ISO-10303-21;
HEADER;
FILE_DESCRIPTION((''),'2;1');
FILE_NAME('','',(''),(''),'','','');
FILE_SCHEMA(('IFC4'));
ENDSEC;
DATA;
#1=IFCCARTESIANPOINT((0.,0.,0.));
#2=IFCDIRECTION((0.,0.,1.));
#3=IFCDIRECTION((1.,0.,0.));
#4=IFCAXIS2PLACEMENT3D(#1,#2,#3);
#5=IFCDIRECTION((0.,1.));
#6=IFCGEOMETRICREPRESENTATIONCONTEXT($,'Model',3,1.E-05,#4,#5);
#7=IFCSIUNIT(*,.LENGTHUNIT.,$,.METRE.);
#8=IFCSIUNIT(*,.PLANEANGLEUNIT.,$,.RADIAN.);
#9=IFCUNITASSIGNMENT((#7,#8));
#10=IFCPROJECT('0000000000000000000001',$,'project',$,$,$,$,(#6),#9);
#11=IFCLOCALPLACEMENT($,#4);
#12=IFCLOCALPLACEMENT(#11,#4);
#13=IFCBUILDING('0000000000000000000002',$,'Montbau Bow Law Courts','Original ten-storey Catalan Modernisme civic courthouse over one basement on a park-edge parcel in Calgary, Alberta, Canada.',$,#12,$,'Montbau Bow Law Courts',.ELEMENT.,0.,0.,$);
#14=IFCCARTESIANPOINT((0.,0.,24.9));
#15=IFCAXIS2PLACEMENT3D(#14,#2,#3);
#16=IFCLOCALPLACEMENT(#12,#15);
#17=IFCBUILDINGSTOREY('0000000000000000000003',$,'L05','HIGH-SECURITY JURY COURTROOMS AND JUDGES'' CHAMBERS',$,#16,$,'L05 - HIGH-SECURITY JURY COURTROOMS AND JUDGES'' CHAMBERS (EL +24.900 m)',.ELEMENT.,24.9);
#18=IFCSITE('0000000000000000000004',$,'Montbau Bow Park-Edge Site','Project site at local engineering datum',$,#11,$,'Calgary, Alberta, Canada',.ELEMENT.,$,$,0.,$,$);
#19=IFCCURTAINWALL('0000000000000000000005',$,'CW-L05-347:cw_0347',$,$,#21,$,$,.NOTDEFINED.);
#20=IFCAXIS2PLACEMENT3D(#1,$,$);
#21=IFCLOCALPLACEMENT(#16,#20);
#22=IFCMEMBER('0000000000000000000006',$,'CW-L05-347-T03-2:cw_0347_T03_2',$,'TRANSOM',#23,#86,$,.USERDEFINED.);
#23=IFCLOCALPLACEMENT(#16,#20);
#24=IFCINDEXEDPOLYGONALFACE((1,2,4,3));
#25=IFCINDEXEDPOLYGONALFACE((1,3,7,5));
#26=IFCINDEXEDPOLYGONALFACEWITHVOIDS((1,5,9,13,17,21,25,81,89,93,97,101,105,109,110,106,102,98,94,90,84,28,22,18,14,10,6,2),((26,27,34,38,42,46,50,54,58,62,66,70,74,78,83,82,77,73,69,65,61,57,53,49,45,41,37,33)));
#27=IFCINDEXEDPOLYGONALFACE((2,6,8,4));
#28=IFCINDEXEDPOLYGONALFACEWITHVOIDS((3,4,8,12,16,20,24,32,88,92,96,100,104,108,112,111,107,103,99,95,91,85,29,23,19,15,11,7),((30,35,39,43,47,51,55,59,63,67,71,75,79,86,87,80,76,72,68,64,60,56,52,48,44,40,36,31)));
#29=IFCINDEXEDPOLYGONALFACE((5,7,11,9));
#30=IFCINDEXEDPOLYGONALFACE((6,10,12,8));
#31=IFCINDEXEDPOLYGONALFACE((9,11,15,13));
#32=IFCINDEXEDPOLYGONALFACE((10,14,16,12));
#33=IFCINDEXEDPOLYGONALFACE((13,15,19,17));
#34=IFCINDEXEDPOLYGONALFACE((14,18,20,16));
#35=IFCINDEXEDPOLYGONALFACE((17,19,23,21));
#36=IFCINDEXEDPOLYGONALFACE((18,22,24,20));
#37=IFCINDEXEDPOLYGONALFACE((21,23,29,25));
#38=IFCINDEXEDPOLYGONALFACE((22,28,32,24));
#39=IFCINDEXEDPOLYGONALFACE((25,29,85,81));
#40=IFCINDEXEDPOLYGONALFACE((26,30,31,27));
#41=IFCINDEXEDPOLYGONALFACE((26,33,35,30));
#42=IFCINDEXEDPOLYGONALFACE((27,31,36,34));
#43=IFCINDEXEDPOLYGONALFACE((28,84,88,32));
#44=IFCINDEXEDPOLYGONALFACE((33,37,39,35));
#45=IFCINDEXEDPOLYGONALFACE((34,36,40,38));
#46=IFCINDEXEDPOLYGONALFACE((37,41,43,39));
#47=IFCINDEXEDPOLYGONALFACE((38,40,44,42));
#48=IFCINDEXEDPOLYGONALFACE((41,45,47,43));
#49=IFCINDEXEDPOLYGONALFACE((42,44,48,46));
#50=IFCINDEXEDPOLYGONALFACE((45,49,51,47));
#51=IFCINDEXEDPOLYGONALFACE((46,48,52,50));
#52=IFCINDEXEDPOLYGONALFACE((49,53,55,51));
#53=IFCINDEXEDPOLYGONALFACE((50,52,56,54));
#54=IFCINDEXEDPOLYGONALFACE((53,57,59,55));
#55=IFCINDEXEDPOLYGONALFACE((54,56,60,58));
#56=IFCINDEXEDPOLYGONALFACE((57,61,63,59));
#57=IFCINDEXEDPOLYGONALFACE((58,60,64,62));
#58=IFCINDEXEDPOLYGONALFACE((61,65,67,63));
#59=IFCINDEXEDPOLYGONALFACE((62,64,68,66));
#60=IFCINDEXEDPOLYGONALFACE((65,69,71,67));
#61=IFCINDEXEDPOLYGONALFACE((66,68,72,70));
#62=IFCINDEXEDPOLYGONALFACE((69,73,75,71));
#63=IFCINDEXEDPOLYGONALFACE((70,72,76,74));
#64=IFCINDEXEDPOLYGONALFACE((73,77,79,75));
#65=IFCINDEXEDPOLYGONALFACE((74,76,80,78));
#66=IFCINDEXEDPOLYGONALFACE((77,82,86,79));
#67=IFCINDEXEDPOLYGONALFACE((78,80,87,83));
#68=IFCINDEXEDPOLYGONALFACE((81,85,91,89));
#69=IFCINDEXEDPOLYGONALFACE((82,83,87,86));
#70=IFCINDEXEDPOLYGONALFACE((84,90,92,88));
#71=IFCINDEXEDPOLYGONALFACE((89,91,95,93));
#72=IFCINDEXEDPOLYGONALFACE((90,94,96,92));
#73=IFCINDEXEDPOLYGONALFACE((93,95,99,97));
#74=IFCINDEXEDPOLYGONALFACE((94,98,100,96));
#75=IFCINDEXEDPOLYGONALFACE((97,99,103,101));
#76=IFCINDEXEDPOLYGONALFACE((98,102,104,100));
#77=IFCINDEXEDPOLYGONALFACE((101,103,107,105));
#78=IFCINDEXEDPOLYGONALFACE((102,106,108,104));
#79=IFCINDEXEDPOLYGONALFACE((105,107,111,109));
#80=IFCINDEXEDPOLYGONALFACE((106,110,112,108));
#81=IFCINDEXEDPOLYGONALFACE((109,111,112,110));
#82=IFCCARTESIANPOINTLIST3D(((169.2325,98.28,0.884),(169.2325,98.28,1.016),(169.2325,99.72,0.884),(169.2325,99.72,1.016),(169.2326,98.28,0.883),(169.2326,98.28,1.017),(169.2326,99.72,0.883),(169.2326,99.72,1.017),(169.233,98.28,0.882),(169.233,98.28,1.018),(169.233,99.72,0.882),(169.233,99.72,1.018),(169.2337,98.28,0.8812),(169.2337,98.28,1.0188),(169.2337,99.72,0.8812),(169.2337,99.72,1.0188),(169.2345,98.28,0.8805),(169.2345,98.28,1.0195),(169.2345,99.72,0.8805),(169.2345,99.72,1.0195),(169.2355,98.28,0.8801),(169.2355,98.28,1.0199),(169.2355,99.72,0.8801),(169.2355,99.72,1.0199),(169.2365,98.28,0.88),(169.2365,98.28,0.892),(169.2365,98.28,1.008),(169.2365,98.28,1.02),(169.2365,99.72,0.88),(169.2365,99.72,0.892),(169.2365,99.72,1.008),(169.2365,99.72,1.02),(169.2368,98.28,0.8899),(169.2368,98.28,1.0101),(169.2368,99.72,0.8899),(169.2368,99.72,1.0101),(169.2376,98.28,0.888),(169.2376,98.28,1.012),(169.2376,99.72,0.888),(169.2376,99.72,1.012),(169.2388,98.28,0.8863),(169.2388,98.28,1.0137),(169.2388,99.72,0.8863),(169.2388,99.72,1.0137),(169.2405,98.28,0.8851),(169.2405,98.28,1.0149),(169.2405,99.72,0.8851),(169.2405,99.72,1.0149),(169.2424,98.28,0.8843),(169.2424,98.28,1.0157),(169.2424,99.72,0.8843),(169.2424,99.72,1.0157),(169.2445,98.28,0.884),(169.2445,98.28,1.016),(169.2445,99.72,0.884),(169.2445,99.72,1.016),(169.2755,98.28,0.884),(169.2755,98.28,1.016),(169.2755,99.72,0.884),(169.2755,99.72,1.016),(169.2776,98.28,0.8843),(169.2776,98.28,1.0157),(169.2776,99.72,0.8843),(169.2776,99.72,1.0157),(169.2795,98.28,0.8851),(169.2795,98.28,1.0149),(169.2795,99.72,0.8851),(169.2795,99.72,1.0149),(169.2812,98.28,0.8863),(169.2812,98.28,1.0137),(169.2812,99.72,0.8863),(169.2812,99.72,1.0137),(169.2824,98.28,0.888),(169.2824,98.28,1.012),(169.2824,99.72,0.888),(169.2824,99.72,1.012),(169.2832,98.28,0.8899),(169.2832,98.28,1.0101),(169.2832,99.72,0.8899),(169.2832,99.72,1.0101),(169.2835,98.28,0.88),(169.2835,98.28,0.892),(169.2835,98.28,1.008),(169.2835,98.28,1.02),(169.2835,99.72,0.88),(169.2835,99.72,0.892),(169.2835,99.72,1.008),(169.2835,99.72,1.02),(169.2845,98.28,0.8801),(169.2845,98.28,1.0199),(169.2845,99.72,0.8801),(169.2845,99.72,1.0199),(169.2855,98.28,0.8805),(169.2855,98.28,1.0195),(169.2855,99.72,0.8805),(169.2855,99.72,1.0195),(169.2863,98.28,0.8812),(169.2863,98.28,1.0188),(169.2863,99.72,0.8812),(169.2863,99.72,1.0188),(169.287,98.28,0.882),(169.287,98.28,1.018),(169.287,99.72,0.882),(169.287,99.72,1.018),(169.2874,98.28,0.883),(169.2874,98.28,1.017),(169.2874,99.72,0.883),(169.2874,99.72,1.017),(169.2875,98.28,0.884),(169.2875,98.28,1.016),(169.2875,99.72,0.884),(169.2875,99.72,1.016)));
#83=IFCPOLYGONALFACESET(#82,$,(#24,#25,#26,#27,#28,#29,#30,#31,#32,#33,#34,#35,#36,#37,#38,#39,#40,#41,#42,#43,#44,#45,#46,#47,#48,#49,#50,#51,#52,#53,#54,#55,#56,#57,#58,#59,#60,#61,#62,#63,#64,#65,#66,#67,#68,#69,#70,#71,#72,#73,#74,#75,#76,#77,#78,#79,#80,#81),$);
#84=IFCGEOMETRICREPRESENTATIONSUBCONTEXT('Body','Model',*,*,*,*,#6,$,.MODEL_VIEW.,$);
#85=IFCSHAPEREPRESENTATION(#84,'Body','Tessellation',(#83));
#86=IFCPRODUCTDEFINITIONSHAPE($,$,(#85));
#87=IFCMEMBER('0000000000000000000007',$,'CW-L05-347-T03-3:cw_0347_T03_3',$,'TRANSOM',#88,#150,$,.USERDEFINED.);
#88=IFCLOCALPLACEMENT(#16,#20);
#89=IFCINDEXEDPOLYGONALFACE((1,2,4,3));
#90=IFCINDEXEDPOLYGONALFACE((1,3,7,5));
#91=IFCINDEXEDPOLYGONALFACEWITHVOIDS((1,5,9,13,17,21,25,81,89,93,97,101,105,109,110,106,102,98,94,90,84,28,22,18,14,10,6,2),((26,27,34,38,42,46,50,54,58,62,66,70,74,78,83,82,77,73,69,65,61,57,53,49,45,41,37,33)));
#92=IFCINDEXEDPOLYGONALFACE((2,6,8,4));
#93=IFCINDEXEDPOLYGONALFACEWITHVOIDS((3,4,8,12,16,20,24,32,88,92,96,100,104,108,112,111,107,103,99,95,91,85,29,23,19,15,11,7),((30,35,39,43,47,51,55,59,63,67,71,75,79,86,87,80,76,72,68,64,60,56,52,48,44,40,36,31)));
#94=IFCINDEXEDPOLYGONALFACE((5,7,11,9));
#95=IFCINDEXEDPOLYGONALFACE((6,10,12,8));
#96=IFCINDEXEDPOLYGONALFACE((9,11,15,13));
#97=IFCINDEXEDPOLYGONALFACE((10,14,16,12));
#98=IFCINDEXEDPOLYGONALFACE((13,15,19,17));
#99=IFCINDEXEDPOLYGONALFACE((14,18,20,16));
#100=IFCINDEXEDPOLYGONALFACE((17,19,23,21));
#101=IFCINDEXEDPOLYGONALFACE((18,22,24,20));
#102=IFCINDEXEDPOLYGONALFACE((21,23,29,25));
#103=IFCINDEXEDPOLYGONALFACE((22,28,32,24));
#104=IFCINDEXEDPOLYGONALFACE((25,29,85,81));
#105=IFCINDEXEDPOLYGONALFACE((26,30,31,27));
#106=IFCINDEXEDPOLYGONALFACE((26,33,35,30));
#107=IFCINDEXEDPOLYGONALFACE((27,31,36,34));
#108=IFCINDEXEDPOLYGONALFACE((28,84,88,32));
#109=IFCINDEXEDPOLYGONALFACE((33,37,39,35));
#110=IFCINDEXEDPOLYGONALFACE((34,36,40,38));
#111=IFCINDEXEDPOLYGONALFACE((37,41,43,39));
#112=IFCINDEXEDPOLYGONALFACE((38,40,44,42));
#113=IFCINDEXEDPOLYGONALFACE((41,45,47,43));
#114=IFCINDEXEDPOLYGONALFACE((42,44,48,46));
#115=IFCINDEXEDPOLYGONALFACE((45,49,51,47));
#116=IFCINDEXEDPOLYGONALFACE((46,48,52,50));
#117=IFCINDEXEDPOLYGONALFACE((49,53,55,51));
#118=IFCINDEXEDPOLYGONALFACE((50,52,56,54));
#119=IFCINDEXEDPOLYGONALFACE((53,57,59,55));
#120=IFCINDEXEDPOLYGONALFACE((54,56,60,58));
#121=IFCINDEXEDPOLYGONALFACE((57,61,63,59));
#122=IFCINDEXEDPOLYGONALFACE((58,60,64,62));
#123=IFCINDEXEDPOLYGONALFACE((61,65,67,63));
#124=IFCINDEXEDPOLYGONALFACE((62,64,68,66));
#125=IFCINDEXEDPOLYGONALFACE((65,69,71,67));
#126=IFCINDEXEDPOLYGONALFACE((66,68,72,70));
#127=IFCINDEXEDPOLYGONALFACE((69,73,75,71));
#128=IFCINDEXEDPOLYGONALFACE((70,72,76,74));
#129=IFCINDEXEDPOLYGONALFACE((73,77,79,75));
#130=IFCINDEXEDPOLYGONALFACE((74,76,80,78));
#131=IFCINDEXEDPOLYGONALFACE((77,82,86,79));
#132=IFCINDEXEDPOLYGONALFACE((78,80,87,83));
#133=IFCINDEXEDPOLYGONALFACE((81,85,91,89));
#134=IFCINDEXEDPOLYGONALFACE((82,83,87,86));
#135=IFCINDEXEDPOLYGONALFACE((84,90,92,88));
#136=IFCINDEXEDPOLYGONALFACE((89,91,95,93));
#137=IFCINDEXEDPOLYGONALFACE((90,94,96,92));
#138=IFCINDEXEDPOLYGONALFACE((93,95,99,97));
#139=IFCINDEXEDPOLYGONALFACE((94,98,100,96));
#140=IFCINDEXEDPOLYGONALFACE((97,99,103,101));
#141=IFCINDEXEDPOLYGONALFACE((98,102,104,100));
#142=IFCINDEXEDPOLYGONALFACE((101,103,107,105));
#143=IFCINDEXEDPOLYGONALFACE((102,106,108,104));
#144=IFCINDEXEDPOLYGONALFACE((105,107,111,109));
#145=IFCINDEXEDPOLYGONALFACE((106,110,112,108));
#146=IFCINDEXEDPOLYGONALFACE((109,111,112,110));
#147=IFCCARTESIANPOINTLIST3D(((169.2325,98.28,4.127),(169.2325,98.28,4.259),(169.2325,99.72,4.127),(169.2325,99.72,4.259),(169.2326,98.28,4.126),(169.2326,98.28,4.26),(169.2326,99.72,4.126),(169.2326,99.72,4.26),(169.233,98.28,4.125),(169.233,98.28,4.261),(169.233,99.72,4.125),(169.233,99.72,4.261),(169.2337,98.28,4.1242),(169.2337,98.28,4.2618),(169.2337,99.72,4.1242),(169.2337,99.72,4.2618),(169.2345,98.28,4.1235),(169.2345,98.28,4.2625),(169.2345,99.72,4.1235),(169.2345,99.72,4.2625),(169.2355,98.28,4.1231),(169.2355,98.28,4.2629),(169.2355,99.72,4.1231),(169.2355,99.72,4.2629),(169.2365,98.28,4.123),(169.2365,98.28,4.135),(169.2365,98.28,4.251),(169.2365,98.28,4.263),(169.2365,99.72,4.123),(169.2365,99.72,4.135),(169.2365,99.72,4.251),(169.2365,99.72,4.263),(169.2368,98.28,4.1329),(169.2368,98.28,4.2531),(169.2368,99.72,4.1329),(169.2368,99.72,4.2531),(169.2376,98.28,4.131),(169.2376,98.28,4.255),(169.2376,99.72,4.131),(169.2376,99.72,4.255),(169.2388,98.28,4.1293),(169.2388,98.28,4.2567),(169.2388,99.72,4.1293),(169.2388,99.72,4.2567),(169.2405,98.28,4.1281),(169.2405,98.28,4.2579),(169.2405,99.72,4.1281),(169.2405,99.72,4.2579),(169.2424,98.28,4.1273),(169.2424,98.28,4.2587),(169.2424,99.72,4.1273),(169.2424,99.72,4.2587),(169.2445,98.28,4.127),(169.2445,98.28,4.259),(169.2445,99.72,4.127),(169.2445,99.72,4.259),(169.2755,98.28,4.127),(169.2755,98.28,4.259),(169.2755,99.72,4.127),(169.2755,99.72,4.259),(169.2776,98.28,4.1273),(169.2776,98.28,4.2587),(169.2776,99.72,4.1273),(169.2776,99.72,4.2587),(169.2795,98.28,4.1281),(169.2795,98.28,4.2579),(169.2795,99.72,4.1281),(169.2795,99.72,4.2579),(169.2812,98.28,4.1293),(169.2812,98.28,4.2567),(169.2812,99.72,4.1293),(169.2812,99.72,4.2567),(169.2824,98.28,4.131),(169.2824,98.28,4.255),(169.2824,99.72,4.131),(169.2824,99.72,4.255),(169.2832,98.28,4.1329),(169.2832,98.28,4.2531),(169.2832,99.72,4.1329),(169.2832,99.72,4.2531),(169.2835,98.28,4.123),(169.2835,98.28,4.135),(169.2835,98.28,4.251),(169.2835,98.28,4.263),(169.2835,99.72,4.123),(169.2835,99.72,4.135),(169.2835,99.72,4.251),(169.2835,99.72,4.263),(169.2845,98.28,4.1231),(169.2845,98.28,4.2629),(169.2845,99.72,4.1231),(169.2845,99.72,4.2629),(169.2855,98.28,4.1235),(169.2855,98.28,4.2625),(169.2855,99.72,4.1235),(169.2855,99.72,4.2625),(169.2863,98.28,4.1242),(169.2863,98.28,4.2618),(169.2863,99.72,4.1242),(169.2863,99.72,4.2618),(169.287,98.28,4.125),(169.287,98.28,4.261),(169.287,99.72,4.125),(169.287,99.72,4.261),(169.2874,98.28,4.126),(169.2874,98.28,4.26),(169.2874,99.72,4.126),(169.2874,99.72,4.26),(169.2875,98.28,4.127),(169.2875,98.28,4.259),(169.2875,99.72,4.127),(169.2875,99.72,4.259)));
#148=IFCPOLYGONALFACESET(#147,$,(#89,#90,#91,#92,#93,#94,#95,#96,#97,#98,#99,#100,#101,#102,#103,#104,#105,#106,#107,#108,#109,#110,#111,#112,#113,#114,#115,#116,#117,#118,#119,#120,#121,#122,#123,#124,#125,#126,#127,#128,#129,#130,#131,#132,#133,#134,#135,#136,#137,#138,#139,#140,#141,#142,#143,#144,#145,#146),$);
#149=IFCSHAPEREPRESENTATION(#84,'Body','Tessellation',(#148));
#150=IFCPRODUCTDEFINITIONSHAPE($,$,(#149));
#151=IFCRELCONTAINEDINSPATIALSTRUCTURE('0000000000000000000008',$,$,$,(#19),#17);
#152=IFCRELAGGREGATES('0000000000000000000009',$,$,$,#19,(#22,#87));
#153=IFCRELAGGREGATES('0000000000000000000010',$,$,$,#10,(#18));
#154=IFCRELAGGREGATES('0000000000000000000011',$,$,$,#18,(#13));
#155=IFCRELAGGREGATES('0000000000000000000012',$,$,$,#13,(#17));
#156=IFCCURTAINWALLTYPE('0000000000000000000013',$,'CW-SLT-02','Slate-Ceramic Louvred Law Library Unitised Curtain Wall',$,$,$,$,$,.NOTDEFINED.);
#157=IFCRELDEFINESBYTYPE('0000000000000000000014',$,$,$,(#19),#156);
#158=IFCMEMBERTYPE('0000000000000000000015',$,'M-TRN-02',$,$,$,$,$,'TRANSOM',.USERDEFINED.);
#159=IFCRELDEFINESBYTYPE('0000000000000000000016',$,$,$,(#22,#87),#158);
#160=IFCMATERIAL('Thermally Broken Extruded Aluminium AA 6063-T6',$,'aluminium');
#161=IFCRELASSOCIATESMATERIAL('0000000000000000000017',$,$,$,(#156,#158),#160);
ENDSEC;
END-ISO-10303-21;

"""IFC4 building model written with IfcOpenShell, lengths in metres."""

from ifc_helpers import new_model, si_unit, direction, frame, origin_with_axes, origin_2d_with_axis, place, context, subcontext, project, spatial, hollow_rectangle, extrude, material, material_profile, profile_set, type_object, element, aggregate, save


model = new_model("IFC4")

# Units and contexts
model_context = context("Model", 3, precision=1e-05, world=origin_with_axes(), true_north=direction((0.0, 1.0)))
body_context = subcontext(model_context, "Body", "Model", "MODEL_VIEW")
ifc_project = project(units=[si_unit("LENGTHUNIT", "METRE"), si_unit("PLANEANGLEUNIT", "RADIAN")], contexts=[model_context])

# Site, building, storey
site_placement = place(None, origin_with_axes())
site = spatial("IfcSite", under=ifc_project, at=site_placement, Name="Montbau Bow Park-Edge Site", Description="Project site at local engineering datum", LongName="Calgary, Alberta, Canada", CompositionType="ELEMENT", RefElevation=0.0)
building_placement = place(site_placement, origin_with_axes())
building = spatial("IfcBuilding", under=site, at=building_placement, Name="Montbau Bow Law Courts", Description="Original ten-storey Catalan Modernisme civic courthouse over one basement on a park-edge parcel in Calgary, Alberta, Canada.", LongName="Montbau Bow Law Courts", CompositionType="ELEMENT", ElevationOfRefHeight=0.0, ElevationOfTerrain=0.0)
storey_placement = place(building_placement, frame((0.0, 0.0, 24.9), z_axis=(0.0, 0.0, 1.0), x_axis=(1.0, 0.0, 0.0)))
storey = spatial("IfcBuildingStorey", under=building, at=storey_placement, Name="L05", Description="HIGH-SECURITY JURY COURTROOMS AND JUDGES' CHAMBERS", LongName="L05 - HIGH-SECURITY JURY COURTROOMS AND JUDGES' CHAMBERS (EL +24.900 m)", CompositionType="ELEMENT", Elevation=24.9)

# Curtain wall, members
ifc_material_1 = material(Name="Thermally Broken Extruded Aluminium AA 6063-T6", Category="aluminium")
curtain_wall_type = type_object("IfcCurtainWallType", Name="CW-SLT-02", Description="Slate-Ceramic Louvred Law Library Unitised Curtain Wall", PredefinedType="NOTDEFINED", material=ifc_material_1)
curtain_wall_placement = place(None, frame((169.26, 95.24, 24.9), z_axis=(0.0, 0.0, 1.0), x_axis=(1.0, 0.0, 0.0)))
curtain_wall = element("IfcCurtainWall", 1, at=curtain_wall_placement, inside=storey, type_object=curtain_wall_type, Name="CW-L05-347:cw_0347", PredefinedType="NOTDEFINED")
ifc_material_profile_1 = material_profile(ifc_material_1, hollow_rectangle(XDim=0.055, YDim=0.14, WallThickness=0.004, InnerFilletRadius=0.008, OuterFilletRadius=0.004, at=origin_2d_with_axis()), Name="CWT-140X55", Category="Main", Priority=0)
ifc_profile_set_1 = profile_set([ifc_material_profile_1], Name="Thermally Broken Extruded Aluminium AA 6063-T6")
member_type_1 = type_object("IfcMemberType", Name="M-TRN-02", ElementType="TRANSOM", PredefinedType="USERDEFINED", material=ifc_profile_set_1)
member_1_placement = place(None, frame((169.26, 98.28, 25.85), z_axis=(0.0, 1.0, 0.0), x_axis=(-1.0, 0.0, 0.0)))
member_1 = element("IfcMember", 2, at=member_1_placement, type_object=member_type_1, Name="CW-L05-347-T03-2:cw_0347_T03_2", ObjectType="TRANSOM", PredefinedType="USERDEFINED", context=body_context, shape_type="SweptSolid", body=[
    extrude(hollow_rectangle(XDim=0.055, YDim=0.14, WallThickness=0.004, InnerFilletRadius=0.008, OuterFilletRadius=0.004, at=origin_2d_with_axis()), origin_with_axes(), (0.0, 0.0, 1.0), 1.44),
])
member_2_placement = place(None, frame((169.26, 98.28, 29.093), z_axis=(0.0, 1.0, 0.0), x_axis=(-1.0, 0.0, 0.0)))
member_2 = element("IfcMember", 3, at=member_2_placement, type_object=member_type_1, Name="CW-L05-347-T03-3:cw_0347_T03_3", ObjectType="TRANSOM", PredefinedType="USERDEFINED", context=body_context, shape_type="SweptSolid", body=[
    extrude(hollow_rectangle(XDim=0.055, YDim=0.14, WallThickness=0.004, InnerFilletRadius=0.008, OuterFilletRadius=0.004, at=origin_2d_with_axis()), origin_with_axes(), (0.0, 0.0, 1.0), 1.44),
])
aggregate(curtain_wall, [member_1, member_2])

save(model, "model.ifc")
